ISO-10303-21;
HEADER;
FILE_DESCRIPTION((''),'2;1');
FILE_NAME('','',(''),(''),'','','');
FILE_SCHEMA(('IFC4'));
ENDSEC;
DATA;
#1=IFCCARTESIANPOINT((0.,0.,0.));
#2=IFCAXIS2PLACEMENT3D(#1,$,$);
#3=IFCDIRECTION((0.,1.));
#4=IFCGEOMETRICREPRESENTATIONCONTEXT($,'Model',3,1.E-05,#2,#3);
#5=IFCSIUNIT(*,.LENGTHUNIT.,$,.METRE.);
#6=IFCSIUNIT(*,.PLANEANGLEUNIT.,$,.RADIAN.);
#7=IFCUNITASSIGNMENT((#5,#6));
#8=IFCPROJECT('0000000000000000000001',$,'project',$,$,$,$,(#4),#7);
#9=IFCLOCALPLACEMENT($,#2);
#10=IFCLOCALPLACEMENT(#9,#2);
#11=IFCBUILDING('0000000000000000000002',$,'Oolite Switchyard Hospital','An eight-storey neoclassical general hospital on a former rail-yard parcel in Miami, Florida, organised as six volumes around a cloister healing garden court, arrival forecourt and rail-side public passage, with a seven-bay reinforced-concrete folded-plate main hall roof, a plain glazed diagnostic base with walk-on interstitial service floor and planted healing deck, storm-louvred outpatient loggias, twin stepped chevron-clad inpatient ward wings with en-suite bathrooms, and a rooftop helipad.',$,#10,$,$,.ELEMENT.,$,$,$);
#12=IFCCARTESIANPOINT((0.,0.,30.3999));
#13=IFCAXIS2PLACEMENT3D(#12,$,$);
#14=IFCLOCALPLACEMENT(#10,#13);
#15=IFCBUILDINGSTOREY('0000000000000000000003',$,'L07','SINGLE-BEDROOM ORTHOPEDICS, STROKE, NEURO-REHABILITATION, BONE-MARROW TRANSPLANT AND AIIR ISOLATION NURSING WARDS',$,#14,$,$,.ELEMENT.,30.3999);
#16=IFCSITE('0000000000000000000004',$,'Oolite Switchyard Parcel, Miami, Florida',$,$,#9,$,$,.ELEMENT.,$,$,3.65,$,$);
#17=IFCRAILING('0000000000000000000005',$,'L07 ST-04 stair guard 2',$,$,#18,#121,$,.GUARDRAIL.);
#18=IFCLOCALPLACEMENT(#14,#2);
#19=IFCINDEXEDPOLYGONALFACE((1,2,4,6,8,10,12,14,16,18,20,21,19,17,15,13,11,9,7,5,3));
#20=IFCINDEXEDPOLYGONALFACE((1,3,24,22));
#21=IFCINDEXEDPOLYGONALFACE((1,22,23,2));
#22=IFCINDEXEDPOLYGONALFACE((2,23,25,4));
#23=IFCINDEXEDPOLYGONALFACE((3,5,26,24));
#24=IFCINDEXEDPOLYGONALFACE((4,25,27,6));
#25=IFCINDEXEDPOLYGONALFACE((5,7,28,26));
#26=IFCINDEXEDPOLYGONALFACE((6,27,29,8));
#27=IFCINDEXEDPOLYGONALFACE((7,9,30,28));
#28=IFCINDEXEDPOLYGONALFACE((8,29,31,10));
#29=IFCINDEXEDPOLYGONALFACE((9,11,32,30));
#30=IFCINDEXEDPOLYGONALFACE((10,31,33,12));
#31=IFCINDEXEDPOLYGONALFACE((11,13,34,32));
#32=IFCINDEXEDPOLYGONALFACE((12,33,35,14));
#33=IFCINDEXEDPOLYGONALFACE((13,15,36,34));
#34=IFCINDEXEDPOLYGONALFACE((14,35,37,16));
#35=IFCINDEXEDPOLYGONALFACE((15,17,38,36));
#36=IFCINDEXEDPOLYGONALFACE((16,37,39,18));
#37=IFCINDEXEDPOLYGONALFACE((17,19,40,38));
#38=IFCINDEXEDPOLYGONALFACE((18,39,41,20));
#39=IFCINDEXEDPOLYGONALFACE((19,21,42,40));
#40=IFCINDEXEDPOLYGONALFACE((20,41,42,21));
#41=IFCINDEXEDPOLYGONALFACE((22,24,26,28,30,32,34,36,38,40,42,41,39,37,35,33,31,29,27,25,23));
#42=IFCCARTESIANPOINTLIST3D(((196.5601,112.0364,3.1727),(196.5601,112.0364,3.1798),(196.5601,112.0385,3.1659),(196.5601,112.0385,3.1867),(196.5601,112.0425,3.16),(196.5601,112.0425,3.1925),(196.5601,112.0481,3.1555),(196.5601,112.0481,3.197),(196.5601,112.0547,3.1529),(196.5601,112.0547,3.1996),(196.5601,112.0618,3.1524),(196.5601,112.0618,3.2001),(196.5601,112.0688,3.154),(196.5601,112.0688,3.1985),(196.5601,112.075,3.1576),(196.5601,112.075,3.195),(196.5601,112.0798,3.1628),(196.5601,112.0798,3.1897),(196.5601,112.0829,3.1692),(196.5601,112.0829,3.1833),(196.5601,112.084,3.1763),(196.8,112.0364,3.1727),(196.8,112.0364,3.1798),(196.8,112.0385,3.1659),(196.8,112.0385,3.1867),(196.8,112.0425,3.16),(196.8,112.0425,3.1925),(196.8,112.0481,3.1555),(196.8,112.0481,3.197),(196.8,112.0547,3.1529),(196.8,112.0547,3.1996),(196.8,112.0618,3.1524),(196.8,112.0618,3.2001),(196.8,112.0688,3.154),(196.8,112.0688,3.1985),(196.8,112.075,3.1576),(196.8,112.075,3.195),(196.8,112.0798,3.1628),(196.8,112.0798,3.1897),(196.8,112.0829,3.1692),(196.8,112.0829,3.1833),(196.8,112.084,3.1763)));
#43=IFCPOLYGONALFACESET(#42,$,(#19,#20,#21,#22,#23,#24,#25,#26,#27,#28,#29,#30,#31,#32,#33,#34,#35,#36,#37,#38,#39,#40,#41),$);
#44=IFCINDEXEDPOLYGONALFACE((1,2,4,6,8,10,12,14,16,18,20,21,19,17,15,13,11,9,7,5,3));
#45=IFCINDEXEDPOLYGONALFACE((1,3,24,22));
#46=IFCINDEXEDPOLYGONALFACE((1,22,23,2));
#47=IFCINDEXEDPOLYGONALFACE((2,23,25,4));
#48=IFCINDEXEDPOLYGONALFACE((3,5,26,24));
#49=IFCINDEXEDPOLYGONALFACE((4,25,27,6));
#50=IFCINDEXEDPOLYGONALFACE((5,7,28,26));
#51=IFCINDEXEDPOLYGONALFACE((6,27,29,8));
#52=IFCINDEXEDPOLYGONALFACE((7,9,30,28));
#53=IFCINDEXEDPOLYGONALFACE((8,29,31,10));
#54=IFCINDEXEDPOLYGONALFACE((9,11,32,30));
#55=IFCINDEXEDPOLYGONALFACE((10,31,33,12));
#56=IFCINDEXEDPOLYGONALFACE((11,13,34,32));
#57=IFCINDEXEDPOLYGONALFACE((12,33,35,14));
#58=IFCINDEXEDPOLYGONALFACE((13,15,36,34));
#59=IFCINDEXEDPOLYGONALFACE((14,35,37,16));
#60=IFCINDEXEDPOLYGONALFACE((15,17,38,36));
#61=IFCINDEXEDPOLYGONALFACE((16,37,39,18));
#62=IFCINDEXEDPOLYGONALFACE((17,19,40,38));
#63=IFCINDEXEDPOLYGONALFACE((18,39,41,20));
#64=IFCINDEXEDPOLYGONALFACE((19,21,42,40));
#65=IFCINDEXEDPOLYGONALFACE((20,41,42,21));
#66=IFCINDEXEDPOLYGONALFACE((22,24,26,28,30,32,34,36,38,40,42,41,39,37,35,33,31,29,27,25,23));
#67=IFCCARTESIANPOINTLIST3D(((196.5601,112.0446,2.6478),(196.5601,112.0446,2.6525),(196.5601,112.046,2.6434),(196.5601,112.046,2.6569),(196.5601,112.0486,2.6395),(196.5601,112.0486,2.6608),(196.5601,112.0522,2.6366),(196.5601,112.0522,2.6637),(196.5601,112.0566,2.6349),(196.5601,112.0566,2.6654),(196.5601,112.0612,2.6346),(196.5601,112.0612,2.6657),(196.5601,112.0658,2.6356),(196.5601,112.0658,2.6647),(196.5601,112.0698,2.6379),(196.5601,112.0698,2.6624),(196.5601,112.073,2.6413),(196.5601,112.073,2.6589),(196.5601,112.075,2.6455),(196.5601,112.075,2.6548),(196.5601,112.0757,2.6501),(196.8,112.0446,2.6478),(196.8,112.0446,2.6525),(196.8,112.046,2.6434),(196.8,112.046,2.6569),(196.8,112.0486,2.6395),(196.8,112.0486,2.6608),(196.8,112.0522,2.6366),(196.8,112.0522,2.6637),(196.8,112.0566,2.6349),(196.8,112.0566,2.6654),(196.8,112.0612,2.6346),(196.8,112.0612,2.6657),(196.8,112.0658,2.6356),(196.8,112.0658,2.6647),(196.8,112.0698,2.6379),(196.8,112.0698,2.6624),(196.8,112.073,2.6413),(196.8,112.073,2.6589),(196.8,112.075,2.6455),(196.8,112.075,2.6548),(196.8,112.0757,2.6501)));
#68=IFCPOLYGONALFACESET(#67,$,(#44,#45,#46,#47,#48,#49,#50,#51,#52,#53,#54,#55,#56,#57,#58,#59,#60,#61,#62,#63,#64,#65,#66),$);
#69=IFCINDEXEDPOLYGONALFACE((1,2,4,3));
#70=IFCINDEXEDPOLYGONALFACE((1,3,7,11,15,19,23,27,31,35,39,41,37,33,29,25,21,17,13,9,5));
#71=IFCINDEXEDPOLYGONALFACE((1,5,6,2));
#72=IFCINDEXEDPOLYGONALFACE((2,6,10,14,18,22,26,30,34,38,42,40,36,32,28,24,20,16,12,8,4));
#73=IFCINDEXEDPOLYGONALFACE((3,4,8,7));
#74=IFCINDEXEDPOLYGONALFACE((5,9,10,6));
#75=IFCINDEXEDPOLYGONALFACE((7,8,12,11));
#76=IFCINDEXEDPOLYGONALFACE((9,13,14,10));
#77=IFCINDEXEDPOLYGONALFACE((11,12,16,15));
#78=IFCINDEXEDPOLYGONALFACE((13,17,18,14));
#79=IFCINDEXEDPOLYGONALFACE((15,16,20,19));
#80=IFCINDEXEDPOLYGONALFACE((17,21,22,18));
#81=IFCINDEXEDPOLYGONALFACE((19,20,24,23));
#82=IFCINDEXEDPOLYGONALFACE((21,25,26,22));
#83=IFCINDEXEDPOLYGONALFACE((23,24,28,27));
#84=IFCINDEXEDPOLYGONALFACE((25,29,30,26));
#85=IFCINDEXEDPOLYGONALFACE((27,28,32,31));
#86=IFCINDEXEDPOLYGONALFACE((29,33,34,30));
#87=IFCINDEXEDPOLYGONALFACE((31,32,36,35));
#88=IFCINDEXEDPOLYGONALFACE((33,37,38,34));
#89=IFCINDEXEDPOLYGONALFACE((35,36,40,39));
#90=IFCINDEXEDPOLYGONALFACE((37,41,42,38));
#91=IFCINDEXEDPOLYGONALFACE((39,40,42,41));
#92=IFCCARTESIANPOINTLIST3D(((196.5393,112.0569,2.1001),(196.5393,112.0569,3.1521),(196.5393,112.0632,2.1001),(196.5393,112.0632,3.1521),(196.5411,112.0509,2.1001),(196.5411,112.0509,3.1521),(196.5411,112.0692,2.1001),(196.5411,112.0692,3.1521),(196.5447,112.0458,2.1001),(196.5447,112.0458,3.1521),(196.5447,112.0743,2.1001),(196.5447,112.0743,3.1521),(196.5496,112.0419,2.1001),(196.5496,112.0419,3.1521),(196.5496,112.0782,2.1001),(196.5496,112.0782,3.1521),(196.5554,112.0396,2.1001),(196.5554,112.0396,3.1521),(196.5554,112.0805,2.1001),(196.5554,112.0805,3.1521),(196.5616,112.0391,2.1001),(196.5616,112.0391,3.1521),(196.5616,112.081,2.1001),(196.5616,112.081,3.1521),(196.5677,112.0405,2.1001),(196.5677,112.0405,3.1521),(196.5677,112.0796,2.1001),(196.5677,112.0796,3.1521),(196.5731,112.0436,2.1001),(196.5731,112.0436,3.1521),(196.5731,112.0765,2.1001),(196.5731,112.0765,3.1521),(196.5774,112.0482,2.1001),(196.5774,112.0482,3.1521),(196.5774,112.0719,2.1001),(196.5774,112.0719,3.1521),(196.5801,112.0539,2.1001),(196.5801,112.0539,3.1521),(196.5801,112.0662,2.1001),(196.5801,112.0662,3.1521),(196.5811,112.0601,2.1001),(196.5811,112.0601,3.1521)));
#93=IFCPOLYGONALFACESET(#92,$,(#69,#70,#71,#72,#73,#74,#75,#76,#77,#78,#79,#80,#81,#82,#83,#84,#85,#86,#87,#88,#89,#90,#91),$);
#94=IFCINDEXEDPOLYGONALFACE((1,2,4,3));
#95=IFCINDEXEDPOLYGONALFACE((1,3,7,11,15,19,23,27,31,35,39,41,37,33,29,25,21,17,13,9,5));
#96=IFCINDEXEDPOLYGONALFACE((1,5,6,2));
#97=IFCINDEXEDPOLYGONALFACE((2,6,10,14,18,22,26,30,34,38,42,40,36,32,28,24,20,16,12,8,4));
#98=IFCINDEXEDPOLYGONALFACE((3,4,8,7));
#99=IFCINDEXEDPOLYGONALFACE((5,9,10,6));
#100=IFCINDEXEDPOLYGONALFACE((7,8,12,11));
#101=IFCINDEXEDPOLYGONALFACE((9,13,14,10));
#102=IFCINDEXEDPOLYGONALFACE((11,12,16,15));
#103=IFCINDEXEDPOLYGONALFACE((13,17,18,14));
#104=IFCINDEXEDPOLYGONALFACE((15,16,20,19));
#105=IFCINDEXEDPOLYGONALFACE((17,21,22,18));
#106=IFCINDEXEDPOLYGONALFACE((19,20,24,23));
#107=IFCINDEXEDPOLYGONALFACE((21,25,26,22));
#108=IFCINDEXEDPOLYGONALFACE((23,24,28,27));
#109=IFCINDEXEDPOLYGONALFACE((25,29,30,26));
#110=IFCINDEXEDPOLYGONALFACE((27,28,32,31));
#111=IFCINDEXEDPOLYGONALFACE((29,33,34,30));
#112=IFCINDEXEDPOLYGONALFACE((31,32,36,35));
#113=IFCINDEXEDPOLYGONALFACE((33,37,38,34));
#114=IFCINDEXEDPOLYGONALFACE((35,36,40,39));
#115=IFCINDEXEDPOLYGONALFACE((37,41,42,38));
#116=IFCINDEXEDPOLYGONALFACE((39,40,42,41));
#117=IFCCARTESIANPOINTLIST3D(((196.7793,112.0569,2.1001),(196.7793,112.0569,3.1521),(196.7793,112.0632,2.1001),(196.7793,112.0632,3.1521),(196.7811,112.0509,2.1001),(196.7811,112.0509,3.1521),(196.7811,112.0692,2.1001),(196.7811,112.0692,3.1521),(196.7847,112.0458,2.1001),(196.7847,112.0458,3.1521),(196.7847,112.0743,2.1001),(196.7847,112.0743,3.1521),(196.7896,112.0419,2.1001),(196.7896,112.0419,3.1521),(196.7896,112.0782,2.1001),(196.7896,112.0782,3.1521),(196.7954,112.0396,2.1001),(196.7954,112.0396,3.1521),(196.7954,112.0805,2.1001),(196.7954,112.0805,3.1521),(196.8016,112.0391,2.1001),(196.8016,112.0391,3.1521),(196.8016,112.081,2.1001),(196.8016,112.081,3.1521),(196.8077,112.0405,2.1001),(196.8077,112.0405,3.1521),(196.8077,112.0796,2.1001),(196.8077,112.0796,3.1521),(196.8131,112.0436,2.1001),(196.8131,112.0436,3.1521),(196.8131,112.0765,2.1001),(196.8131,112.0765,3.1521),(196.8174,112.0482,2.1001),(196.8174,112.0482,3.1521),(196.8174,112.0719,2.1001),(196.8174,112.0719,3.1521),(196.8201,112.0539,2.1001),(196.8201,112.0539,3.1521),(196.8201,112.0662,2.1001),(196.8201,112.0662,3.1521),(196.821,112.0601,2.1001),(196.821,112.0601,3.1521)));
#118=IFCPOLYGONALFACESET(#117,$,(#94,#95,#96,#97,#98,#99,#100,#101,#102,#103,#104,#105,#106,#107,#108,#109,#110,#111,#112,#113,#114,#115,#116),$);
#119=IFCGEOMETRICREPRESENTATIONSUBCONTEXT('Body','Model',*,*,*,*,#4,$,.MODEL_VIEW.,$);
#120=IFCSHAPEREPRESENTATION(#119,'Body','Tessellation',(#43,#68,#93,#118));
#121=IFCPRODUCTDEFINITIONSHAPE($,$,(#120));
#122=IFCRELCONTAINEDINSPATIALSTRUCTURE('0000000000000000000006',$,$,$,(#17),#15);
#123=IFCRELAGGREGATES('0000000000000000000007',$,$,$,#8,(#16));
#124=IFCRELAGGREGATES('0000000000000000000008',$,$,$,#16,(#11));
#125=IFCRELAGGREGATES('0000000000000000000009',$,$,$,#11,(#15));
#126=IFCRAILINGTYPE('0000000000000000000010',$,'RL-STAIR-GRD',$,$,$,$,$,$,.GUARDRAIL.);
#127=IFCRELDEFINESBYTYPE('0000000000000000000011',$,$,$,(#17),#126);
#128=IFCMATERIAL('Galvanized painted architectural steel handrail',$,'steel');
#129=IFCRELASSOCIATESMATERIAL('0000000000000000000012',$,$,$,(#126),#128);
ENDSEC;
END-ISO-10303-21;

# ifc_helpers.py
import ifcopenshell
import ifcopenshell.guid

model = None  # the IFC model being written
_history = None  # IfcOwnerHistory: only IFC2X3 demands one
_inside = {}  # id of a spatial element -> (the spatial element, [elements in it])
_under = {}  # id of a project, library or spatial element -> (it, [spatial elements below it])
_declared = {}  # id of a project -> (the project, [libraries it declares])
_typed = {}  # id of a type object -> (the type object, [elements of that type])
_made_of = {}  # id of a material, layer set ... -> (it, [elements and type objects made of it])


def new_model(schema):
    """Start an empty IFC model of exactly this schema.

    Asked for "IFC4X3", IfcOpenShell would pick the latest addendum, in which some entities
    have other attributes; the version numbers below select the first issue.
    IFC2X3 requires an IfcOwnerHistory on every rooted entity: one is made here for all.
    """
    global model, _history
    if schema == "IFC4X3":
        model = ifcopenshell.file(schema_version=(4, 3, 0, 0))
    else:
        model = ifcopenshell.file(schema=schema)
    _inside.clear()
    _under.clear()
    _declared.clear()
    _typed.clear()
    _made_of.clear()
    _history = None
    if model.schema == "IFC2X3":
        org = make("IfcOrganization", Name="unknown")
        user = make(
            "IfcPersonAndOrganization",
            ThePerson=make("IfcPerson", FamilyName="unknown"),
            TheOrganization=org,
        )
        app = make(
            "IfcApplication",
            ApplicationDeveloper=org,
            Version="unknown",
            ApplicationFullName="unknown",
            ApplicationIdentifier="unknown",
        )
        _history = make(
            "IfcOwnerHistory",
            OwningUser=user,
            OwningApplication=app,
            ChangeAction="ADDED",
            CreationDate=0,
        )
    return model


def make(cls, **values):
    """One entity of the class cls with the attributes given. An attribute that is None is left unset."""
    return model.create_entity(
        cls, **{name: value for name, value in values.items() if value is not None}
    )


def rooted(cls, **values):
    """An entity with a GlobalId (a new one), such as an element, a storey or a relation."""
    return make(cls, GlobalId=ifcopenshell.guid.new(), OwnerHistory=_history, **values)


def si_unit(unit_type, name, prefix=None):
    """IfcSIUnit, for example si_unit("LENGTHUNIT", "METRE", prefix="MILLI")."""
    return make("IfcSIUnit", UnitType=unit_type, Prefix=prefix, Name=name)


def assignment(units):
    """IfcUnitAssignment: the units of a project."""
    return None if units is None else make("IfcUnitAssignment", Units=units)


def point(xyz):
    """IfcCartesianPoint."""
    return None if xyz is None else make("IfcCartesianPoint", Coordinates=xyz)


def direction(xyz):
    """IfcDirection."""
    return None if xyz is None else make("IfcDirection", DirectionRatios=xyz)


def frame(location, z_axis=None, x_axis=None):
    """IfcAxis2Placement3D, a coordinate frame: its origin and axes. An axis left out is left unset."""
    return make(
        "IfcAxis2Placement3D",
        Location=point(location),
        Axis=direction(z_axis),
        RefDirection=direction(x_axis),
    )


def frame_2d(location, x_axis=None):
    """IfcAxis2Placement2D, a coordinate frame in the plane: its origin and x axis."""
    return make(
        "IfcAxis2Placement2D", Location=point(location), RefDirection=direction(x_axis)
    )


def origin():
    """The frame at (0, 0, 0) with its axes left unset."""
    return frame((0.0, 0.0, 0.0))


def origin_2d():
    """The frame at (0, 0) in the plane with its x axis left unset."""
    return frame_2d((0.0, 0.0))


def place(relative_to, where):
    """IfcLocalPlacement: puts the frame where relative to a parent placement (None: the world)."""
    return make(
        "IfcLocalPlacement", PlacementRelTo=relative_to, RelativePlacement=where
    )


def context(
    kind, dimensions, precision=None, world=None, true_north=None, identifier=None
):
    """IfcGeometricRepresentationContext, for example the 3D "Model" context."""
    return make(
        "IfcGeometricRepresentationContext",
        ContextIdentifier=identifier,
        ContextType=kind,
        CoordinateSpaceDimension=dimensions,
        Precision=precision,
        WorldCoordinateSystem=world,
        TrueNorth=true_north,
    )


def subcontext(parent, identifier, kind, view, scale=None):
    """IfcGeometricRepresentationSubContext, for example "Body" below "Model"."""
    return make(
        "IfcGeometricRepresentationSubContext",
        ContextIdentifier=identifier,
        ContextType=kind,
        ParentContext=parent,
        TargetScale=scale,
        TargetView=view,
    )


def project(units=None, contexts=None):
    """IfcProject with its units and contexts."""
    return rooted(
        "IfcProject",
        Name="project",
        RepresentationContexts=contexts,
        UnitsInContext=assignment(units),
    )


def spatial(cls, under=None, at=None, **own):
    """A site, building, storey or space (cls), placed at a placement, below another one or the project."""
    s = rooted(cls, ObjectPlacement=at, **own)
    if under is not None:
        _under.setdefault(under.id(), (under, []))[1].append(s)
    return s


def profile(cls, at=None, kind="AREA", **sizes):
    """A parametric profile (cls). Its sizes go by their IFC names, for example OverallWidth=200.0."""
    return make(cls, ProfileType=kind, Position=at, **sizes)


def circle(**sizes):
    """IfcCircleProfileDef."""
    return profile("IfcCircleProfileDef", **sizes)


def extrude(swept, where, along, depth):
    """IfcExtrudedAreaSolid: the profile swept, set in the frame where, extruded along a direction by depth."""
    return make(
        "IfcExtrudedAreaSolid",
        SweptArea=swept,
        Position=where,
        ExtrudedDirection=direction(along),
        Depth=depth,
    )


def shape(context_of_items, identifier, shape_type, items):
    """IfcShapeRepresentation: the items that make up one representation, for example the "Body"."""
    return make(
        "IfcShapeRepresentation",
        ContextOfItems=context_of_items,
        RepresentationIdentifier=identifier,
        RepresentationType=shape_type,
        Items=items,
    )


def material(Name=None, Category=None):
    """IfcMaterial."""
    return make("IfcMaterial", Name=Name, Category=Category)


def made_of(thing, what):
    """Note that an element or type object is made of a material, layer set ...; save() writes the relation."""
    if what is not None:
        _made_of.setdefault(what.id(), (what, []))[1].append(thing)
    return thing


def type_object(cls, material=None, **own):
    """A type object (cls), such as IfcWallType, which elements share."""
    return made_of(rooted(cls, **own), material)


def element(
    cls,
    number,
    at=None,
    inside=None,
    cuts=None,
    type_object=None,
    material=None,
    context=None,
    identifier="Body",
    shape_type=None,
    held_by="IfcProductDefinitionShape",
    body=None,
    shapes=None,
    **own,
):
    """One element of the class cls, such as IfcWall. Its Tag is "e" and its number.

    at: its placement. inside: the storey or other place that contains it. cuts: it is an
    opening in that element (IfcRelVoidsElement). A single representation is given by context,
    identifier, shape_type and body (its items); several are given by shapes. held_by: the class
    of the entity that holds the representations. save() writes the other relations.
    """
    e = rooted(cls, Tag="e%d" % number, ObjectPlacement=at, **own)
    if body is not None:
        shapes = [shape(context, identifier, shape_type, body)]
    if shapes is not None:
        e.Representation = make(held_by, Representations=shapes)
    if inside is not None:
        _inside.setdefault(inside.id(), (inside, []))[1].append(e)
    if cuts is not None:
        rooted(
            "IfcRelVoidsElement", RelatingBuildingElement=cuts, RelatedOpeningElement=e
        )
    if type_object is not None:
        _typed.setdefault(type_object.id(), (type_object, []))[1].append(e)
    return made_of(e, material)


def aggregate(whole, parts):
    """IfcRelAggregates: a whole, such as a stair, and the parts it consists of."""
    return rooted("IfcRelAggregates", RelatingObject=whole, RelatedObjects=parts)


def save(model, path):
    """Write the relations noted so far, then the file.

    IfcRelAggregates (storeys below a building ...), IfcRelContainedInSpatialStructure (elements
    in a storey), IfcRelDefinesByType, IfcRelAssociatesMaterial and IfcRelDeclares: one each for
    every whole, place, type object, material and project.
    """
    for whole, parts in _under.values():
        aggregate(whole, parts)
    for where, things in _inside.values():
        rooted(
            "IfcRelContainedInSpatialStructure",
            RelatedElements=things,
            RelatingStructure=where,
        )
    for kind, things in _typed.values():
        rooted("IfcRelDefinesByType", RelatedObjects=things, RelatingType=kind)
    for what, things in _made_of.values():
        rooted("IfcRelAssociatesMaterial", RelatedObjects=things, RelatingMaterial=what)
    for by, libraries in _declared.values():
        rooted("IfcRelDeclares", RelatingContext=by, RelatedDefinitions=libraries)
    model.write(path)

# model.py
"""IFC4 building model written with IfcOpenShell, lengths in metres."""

from ifc_helpers import new_model, si_unit, direction, frame, origin, origin_2d, place, context, subcontext, project, spatial, circle, extrude, material, type_object, element, save


model = new_model("IFC4")

# Units and contexts
model_context = context("Model", 3, precision=1e-05, world=origin(), true_north=direction((0.0, 1.0)))
body_context = subcontext(model_context, "Body", "Model", "MODEL_VIEW")
ifc_project = project(units=[si_unit("LENGTHUNIT", "METRE"), si_unit("PLANEANGLEUNIT", "RADIAN")], contexts=[model_context])

# Site, building, storey
site_placement = place(None, origin())
site = spatial("IfcSite", under=ifc_project, at=site_placement, Name="Oolite Switchyard Parcel, Miami, Florida", CompositionType="ELEMENT", RefElevation=3.65)
building_placement = place(site_placement, origin())
building = spatial("IfcBuilding", under=site, at=building_placement, Name="Oolite Switchyard Hospital", Description="An eight-storey neoclassical general hospital on a former rail-yard parcel in Miami, Florida, organised as six volumes around a cloister healing garden court, arrival forecourt and rail-side public passage, with a seven-bay reinforced-concrete folded-plate main hall roof, a plain glazed diagnostic base with walk-on interstitial service floor and planted healing deck, storm-louvred outpatient loggias, twin stepped chevron-clad inpatient ward wings with en-suite bathrooms, and a rooftop helipad.", CompositionType="ELEMENT")
storey_placement = place(building_placement, frame((0.0, 0.0, 30.3999)))
storey = spatial("IfcBuildingStorey", under=building, at=storey_placement, Name="L07", Description="SINGLE-BEDROOM ORTHOPEDICS, STROKE, NEURO-REHABILITATION, BONE-MARROW TRANSPLANT AND AIIR ISOLATION NURSING WARDS", CompositionType="ELEMENT", Elevation=30.3999)

# Railing
ifc_material_1 = material(Name="Galvanized painted architectural steel handrail", Category="steel")
railing_type_1 = type_object("IfcRailingType", Name="RL-STAIR-GRD", PredefinedType="GUARDRAIL", material=ifc_material_1)
railing_1_placement = place(storey_placement, frame((196.5601, 112.0601, 2.1001)))
element("IfcRailing", 1, at=railing_1_placement, inside=storey, type_object=railing_type_1, Name="L07 ST-04 stair guard 2", PredefinedType="GUARDRAIL", context=body_context, shape_type="SweptSolid", body=[
    extrude(circle(Radius=0.0239, at=origin_2d()), frame((0.0, 0.0, 1.0762), z_axis=(1.0, 0.0, 0.0), x_axis=(0.0, 1.0, 0.0)), (0.0, 0.0, 1.0), 0.24),
    extrude(circle(Radius=0.0156, at=origin_2d()), frame((0.0, 0.0, 0.55), z_axis=(1.0, 0.0, 0.0), x_axis=(0.0, 1.0, 0.0)), (0.0, 0.0, 1.0), 0.24),
    extrude(circle(Radius=0.021, at=origin_2d()), origin(), (0.0, 0.0, 1.0), 1.052),
    extrude(circle(Radius=0.021, at=origin_2d()), frame((0.24, 0.0, 0.0)), (0.0, 0.0, 1.0), 1.052),
])

save(model, "model.ifc")
